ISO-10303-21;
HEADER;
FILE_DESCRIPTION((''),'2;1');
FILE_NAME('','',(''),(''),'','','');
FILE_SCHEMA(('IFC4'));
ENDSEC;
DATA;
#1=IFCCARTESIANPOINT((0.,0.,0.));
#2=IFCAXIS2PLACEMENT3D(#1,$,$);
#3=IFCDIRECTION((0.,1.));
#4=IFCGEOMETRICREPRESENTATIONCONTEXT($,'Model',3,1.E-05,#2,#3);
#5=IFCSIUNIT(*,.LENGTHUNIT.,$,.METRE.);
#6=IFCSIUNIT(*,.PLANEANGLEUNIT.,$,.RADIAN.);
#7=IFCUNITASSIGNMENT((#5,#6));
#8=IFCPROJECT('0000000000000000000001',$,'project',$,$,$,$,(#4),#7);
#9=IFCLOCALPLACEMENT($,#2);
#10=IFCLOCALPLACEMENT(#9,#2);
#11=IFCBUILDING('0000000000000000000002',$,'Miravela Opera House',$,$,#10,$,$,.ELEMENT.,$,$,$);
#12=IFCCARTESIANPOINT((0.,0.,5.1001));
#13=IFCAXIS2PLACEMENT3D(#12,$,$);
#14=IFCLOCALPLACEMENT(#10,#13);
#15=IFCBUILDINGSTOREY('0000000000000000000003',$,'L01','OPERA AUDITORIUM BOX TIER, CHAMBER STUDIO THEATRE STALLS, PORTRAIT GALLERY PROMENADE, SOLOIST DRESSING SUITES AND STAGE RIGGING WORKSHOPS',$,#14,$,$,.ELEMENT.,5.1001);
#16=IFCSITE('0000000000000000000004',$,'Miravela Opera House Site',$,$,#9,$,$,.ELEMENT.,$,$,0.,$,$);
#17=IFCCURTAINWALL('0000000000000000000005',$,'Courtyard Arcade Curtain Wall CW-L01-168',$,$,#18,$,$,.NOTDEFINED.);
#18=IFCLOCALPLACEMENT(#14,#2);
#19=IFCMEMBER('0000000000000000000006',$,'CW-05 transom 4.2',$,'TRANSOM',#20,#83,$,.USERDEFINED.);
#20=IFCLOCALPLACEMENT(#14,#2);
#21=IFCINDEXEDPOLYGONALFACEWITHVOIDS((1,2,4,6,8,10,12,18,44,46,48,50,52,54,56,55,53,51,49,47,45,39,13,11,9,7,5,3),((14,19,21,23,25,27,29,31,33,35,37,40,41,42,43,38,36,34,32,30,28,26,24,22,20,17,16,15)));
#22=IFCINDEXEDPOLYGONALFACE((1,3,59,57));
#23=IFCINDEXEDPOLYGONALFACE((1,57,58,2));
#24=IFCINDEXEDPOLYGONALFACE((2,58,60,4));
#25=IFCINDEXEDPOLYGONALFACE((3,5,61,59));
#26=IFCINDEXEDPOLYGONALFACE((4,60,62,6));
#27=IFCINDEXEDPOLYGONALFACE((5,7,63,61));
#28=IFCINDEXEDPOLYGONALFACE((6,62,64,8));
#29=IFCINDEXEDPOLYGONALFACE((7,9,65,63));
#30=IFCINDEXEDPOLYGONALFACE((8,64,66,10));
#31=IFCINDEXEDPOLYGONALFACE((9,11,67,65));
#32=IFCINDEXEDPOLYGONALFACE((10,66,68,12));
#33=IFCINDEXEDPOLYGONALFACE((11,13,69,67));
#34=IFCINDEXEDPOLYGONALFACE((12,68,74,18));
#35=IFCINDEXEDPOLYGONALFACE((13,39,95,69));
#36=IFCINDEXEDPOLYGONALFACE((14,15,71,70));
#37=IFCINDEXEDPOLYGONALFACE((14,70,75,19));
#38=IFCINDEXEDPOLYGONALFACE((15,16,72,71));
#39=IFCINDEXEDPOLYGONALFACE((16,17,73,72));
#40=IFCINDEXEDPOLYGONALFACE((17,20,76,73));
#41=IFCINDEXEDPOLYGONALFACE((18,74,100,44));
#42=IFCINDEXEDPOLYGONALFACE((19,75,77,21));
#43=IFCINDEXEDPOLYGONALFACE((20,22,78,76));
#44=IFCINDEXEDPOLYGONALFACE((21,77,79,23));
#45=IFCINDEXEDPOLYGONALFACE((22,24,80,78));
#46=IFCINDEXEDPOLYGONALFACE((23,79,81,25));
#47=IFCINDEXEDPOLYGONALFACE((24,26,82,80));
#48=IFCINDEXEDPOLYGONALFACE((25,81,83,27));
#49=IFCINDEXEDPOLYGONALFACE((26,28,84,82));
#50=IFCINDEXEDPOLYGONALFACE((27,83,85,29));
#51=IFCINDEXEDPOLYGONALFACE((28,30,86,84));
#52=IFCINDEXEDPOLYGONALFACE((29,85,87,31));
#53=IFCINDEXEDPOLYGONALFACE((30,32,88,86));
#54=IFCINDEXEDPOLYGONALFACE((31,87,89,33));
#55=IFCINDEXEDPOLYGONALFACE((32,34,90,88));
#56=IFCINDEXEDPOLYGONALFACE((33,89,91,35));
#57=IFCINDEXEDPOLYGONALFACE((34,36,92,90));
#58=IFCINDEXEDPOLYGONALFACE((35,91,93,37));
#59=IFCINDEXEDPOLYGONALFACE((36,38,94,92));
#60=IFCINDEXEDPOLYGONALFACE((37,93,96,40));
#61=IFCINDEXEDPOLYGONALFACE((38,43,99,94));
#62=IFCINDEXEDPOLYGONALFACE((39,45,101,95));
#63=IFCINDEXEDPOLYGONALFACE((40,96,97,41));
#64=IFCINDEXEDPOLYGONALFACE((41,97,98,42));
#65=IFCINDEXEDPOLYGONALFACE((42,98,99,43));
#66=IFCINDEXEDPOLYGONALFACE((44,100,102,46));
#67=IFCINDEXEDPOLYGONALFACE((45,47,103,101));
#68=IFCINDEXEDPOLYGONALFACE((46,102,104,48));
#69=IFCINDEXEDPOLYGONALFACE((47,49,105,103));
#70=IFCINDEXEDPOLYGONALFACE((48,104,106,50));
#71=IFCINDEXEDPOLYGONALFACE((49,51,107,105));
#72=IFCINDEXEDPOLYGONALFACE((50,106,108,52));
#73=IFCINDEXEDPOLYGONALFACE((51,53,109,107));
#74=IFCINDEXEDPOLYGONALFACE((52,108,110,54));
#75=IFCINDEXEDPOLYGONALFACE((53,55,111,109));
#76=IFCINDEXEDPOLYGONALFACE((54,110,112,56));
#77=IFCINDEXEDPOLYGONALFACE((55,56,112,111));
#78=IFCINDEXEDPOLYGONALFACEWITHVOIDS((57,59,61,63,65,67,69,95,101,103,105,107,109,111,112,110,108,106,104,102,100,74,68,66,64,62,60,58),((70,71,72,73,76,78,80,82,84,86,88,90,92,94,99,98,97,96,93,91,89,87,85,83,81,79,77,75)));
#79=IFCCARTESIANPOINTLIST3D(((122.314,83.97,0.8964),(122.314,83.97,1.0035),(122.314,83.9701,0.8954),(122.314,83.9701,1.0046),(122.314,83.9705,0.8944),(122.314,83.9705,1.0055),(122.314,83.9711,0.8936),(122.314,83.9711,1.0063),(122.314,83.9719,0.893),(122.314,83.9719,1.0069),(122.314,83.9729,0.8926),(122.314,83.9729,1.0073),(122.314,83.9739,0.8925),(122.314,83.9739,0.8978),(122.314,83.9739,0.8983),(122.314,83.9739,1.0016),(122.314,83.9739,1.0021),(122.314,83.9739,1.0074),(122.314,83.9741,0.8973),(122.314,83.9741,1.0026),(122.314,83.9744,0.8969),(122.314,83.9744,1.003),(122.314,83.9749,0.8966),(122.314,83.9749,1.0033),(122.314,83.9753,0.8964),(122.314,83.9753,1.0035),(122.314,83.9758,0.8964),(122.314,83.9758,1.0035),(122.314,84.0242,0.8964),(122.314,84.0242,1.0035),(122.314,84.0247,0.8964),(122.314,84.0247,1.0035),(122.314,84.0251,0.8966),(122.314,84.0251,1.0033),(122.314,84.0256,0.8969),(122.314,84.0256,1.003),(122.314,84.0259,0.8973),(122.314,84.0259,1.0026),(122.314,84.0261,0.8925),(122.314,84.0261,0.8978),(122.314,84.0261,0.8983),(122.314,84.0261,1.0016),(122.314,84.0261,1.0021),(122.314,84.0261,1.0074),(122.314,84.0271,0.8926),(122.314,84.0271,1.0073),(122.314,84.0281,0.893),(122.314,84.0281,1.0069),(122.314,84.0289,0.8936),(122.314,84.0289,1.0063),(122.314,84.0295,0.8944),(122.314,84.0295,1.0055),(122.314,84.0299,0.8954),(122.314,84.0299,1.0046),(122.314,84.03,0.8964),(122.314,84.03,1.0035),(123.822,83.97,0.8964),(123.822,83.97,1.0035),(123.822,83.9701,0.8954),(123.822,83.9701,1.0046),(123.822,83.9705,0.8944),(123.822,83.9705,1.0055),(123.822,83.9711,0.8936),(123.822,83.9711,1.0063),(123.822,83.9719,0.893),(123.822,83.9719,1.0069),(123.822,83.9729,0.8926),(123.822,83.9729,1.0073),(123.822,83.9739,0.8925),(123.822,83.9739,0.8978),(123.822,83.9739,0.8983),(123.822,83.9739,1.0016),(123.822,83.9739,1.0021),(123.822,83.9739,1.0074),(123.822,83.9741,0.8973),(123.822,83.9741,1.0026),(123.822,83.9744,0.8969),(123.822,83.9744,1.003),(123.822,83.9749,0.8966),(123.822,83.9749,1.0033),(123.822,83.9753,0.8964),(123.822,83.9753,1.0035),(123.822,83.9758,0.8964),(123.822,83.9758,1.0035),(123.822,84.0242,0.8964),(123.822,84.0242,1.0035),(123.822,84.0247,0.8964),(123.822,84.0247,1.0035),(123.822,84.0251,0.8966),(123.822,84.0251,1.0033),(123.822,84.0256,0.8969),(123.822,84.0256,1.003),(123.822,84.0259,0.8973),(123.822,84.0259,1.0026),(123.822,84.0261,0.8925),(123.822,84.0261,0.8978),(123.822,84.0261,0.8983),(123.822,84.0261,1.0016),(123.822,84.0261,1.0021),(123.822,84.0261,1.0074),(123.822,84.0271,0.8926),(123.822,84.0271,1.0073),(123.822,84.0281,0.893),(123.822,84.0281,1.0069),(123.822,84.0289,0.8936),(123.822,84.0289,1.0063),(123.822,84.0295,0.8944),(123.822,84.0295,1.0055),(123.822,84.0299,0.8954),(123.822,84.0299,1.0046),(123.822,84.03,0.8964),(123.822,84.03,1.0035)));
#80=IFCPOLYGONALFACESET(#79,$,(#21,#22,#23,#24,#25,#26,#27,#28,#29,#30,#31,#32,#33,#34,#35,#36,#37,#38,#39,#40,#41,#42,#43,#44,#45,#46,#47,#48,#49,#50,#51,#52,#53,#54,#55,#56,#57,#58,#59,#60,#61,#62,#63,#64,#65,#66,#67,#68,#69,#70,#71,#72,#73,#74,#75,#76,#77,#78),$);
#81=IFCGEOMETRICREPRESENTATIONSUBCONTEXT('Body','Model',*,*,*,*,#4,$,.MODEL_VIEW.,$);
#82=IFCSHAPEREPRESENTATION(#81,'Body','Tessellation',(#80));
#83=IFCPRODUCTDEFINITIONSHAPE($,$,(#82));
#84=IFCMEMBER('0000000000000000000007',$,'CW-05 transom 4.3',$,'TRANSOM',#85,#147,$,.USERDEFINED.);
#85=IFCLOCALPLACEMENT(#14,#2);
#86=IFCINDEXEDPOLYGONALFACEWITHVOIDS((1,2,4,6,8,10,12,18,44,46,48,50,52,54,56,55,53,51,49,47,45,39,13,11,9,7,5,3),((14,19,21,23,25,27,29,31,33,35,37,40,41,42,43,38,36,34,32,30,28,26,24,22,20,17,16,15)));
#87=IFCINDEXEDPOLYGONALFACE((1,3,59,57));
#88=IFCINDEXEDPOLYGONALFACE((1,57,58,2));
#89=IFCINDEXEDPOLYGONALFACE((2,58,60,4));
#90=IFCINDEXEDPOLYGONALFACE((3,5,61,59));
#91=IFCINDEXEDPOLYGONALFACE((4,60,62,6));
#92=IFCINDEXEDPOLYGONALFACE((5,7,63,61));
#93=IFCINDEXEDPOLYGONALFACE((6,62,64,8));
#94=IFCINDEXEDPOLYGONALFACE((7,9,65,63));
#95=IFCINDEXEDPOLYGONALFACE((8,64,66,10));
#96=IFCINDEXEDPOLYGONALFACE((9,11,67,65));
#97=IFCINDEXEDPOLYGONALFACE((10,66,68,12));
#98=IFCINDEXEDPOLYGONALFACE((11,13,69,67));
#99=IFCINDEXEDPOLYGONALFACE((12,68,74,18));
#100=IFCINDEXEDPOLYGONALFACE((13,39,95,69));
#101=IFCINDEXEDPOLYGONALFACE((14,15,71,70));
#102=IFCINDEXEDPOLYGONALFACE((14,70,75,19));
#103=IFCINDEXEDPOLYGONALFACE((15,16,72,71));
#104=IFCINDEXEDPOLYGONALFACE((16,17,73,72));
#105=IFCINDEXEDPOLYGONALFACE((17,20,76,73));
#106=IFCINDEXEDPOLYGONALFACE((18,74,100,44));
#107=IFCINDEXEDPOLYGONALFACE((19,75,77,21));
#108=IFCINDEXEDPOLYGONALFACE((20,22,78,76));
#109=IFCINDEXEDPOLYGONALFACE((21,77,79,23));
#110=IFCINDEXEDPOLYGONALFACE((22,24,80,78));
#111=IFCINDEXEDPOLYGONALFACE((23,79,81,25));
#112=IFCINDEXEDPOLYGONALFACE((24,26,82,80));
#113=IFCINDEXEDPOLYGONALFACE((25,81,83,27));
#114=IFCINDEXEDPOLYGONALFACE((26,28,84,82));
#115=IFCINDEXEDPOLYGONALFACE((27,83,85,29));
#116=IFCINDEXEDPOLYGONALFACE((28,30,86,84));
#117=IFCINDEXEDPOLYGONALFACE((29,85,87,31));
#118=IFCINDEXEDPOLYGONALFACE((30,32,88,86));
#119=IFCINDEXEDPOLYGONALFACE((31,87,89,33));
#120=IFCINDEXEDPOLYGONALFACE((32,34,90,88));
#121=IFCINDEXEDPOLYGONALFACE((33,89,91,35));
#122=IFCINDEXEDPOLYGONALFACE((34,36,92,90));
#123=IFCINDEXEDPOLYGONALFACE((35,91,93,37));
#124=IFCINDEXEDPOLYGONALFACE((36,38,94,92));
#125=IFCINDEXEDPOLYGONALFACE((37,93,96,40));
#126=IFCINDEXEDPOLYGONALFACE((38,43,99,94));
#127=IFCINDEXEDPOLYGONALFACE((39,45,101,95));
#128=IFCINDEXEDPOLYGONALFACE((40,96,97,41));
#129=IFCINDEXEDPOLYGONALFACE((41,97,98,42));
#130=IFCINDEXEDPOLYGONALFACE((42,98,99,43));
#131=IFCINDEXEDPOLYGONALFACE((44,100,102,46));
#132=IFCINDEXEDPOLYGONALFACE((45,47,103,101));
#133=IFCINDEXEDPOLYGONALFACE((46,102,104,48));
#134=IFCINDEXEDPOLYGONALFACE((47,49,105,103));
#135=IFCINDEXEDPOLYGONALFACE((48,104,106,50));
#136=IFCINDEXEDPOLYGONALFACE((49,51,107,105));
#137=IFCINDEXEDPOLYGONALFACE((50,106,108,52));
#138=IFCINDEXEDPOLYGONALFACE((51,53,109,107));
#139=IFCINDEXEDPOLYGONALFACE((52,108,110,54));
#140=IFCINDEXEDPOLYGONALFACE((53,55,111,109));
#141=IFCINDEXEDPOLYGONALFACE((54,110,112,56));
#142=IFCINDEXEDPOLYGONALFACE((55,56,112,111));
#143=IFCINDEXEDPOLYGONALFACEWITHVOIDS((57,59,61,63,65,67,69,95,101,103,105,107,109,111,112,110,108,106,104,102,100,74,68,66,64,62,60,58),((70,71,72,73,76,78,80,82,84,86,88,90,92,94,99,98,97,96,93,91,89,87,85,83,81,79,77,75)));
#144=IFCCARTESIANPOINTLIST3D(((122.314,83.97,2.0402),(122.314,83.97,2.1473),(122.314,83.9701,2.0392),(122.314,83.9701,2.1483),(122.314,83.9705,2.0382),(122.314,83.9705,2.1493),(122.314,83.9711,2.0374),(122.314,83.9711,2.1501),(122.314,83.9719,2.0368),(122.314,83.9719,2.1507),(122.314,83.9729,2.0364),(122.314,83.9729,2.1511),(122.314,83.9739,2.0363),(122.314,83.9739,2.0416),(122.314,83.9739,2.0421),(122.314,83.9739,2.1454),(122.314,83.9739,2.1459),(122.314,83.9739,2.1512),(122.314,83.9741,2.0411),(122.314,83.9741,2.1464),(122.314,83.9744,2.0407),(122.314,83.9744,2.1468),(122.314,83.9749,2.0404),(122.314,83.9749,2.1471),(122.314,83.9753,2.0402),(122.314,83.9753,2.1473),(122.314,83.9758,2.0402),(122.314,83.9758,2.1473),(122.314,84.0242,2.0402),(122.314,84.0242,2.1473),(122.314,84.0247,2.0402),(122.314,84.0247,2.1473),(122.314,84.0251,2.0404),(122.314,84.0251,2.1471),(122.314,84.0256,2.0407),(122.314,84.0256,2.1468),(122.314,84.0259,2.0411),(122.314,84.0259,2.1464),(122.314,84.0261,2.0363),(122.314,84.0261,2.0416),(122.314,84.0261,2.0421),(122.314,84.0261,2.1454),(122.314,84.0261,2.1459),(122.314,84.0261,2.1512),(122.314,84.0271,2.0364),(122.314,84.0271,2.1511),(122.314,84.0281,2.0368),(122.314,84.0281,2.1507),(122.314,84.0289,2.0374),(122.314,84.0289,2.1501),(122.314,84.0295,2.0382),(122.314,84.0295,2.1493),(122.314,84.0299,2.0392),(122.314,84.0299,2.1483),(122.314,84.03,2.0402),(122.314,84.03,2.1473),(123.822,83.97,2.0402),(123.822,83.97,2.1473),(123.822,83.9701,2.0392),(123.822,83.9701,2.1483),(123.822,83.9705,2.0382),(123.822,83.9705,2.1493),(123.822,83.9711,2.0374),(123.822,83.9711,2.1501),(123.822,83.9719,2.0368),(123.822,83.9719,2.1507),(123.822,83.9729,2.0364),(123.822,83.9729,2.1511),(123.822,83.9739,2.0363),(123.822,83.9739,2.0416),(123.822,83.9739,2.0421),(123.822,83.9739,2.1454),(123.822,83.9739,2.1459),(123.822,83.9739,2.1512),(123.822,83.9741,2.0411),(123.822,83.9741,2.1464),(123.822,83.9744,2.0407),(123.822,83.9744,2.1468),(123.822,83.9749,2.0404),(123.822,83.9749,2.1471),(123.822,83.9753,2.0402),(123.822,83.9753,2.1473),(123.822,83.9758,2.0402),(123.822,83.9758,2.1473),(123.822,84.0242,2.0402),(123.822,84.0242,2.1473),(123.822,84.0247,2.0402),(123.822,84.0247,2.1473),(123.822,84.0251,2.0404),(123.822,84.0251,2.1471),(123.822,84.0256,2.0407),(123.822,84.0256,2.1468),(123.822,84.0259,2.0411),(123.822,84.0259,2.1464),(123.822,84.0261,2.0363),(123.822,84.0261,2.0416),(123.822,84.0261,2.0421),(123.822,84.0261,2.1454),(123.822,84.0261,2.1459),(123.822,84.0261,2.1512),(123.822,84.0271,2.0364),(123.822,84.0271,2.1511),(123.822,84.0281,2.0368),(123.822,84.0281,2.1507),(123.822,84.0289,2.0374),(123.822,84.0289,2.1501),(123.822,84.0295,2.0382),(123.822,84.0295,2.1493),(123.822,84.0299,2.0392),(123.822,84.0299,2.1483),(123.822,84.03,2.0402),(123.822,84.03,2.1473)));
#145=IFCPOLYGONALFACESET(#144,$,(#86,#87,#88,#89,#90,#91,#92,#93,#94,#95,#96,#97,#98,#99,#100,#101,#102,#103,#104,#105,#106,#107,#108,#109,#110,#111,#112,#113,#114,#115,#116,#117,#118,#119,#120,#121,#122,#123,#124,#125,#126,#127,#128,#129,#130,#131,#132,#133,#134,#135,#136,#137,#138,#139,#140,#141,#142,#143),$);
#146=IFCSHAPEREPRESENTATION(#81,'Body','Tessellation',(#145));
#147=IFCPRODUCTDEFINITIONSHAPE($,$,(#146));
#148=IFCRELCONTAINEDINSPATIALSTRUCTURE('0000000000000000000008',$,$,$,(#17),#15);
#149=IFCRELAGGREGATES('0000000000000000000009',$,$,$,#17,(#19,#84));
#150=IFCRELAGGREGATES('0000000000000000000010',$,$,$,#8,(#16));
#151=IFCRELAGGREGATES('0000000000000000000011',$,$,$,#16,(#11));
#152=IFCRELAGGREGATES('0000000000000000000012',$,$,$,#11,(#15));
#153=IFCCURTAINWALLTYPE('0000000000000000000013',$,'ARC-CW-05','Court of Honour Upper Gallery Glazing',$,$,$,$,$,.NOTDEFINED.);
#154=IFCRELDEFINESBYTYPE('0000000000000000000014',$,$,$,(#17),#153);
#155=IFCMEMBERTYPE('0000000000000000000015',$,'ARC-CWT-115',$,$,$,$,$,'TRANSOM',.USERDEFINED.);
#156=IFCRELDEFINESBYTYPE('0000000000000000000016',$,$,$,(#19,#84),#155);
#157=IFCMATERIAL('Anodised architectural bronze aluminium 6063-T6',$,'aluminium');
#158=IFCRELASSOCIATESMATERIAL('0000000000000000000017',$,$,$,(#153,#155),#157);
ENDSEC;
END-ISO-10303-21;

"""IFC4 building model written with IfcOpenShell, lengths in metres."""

from ifc_helpers import new_model, si_unit, direction, frame, origin, origin_2d, place, context, subcontext, project, spatial, hollow_rectangle, extrude, material, material_profile, profile_set, type_object, element, aggregate, save


model = new_model("IFC4")

# Units and contexts
model_context = context("Model", 3, precision=1e-05, world=origin(), true_north=direction((0.0, 1.0)))
body_context = subcontext(model_context, "Body", "Model", "MODEL_VIEW")
ifc_project = project(units=[si_unit("LENGTHUNIT", "METRE"), si_unit("PLANEANGLEUNIT", "RADIAN")], contexts=[model_context])

# Site, building, storey
site_placement = place(None, origin())
site = spatial("IfcSite", under=ifc_project, at=site_placement, Name="Miravela Opera House Site", CompositionType="ELEMENT", RefElevation=0.0)
building_placement = place(site_placement, origin())
building = spatial("IfcBuilding", under=site, at=building_placement, Name="Miravela Opera House", CompositionType="ELEMENT")
storey_placement = place(building_placement, frame((0.0, 0.0, 5.1001)))
storey = spatial("IfcBuildingStorey", under=building, at=storey_placement, Name="L01", Description="OPERA AUDITORIUM BOX TIER, CHAMBER STUDIO THEATRE STALLS, PORTRAIT GALLERY PROMENADE, SOLOIST DRESSING SUITES AND STAGE RIGGING WORKSHOPS", CompositionType="ELEMENT", Elevation=5.1001)

# Curtain wall, members
ifc_material_1 = material(Name="Anodised architectural bronze aluminium 6063-T6", Category="aluminium")
curtain_wall_type = type_object("IfcCurtainWallType", Name="ARC-CW-05", Description="Court of Honour Upper Gallery Glazing", PredefinedType="NOTDEFINED", material=ifc_material_1)
curtain_wall_placement = place(storey_placement, origin())
curtain_wall = element("IfcCurtainWall", 1, at=curtain_wall_placement, inside=storey, type_object=curtain_wall_type, Name="Courtyard Arcade Curtain Wall CW-L01-168", PredefinedType="NOTDEFINED")
ifc_material_profile_1 = material_profile(ifc_material_1, hollow_rectangle(XDim=0.0601, YDim=0.115, WallThickness=0.0039, InnerFilletRadius=0.002, OuterFilletRadius=0.0039, at=origin_2d()), Name="CWT-60X115")
ifc_profile_set_1 = profile_set([ifc_material_profile_1])
member_type_1 = type_object("IfcMemberType", Name="ARC-CWT-115", ElementType="TRANSOM", PredefinedType="USERDEFINED", material=ifc_profile_set_1)
member_1_placement = place(storey_placement, frame((122.314, 84.0, 0.95), z_axis=(1.0, 0.0, 0.0), x_axis=(0.0, 1.0, 0.0)))
member_1 = element("IfcMember", 2, at=member_1_placement, type_object=member_type_1, Name="CW-05 transom 4.2", ObjectType="TRANSOM", PredefinedType="USERDEFINED", context=body_context, shape_type="SweptSolid", body=[
    extrude(hollow_rectangle(XDim=0.0601, YDim=0.115, WallThickness=0.0039, InnerFilletRadius=0.002, OuterFilletRadius=0.0039, at=origin_2d()), origin(), (0.0, 0.0, 1.0), 1.5081),
])
member_2_placement = place(storey_placement, frame((122.314, 84.0, 2.0938), z_axis=(1.0, 0.0, 0.0), x_axis=(0.0, 1.0, 0.0)))
member_2 = element("IfcMember", 3, at=member_2_placement, type_object=member_type_1, Name="CW-05 transom 4.3", ObjectType="TRANSOM", PredefinedType="USERDEFINED", context=body_context, shape_type="SweptSolid", body=[
    extrude(hollow_rectangle(XDim=0.0601, YDim=0.115, WallThickness=0.0039, InnerFilletRadius=0.002, OuterFilletRadius=0.0039, at=origin_2d()), origin(), (0.0, 0.0, 1.0), 1.5081),
])
aggregate(curtain_wall, [member_1, member_2])

save(model, "model.ifc")
